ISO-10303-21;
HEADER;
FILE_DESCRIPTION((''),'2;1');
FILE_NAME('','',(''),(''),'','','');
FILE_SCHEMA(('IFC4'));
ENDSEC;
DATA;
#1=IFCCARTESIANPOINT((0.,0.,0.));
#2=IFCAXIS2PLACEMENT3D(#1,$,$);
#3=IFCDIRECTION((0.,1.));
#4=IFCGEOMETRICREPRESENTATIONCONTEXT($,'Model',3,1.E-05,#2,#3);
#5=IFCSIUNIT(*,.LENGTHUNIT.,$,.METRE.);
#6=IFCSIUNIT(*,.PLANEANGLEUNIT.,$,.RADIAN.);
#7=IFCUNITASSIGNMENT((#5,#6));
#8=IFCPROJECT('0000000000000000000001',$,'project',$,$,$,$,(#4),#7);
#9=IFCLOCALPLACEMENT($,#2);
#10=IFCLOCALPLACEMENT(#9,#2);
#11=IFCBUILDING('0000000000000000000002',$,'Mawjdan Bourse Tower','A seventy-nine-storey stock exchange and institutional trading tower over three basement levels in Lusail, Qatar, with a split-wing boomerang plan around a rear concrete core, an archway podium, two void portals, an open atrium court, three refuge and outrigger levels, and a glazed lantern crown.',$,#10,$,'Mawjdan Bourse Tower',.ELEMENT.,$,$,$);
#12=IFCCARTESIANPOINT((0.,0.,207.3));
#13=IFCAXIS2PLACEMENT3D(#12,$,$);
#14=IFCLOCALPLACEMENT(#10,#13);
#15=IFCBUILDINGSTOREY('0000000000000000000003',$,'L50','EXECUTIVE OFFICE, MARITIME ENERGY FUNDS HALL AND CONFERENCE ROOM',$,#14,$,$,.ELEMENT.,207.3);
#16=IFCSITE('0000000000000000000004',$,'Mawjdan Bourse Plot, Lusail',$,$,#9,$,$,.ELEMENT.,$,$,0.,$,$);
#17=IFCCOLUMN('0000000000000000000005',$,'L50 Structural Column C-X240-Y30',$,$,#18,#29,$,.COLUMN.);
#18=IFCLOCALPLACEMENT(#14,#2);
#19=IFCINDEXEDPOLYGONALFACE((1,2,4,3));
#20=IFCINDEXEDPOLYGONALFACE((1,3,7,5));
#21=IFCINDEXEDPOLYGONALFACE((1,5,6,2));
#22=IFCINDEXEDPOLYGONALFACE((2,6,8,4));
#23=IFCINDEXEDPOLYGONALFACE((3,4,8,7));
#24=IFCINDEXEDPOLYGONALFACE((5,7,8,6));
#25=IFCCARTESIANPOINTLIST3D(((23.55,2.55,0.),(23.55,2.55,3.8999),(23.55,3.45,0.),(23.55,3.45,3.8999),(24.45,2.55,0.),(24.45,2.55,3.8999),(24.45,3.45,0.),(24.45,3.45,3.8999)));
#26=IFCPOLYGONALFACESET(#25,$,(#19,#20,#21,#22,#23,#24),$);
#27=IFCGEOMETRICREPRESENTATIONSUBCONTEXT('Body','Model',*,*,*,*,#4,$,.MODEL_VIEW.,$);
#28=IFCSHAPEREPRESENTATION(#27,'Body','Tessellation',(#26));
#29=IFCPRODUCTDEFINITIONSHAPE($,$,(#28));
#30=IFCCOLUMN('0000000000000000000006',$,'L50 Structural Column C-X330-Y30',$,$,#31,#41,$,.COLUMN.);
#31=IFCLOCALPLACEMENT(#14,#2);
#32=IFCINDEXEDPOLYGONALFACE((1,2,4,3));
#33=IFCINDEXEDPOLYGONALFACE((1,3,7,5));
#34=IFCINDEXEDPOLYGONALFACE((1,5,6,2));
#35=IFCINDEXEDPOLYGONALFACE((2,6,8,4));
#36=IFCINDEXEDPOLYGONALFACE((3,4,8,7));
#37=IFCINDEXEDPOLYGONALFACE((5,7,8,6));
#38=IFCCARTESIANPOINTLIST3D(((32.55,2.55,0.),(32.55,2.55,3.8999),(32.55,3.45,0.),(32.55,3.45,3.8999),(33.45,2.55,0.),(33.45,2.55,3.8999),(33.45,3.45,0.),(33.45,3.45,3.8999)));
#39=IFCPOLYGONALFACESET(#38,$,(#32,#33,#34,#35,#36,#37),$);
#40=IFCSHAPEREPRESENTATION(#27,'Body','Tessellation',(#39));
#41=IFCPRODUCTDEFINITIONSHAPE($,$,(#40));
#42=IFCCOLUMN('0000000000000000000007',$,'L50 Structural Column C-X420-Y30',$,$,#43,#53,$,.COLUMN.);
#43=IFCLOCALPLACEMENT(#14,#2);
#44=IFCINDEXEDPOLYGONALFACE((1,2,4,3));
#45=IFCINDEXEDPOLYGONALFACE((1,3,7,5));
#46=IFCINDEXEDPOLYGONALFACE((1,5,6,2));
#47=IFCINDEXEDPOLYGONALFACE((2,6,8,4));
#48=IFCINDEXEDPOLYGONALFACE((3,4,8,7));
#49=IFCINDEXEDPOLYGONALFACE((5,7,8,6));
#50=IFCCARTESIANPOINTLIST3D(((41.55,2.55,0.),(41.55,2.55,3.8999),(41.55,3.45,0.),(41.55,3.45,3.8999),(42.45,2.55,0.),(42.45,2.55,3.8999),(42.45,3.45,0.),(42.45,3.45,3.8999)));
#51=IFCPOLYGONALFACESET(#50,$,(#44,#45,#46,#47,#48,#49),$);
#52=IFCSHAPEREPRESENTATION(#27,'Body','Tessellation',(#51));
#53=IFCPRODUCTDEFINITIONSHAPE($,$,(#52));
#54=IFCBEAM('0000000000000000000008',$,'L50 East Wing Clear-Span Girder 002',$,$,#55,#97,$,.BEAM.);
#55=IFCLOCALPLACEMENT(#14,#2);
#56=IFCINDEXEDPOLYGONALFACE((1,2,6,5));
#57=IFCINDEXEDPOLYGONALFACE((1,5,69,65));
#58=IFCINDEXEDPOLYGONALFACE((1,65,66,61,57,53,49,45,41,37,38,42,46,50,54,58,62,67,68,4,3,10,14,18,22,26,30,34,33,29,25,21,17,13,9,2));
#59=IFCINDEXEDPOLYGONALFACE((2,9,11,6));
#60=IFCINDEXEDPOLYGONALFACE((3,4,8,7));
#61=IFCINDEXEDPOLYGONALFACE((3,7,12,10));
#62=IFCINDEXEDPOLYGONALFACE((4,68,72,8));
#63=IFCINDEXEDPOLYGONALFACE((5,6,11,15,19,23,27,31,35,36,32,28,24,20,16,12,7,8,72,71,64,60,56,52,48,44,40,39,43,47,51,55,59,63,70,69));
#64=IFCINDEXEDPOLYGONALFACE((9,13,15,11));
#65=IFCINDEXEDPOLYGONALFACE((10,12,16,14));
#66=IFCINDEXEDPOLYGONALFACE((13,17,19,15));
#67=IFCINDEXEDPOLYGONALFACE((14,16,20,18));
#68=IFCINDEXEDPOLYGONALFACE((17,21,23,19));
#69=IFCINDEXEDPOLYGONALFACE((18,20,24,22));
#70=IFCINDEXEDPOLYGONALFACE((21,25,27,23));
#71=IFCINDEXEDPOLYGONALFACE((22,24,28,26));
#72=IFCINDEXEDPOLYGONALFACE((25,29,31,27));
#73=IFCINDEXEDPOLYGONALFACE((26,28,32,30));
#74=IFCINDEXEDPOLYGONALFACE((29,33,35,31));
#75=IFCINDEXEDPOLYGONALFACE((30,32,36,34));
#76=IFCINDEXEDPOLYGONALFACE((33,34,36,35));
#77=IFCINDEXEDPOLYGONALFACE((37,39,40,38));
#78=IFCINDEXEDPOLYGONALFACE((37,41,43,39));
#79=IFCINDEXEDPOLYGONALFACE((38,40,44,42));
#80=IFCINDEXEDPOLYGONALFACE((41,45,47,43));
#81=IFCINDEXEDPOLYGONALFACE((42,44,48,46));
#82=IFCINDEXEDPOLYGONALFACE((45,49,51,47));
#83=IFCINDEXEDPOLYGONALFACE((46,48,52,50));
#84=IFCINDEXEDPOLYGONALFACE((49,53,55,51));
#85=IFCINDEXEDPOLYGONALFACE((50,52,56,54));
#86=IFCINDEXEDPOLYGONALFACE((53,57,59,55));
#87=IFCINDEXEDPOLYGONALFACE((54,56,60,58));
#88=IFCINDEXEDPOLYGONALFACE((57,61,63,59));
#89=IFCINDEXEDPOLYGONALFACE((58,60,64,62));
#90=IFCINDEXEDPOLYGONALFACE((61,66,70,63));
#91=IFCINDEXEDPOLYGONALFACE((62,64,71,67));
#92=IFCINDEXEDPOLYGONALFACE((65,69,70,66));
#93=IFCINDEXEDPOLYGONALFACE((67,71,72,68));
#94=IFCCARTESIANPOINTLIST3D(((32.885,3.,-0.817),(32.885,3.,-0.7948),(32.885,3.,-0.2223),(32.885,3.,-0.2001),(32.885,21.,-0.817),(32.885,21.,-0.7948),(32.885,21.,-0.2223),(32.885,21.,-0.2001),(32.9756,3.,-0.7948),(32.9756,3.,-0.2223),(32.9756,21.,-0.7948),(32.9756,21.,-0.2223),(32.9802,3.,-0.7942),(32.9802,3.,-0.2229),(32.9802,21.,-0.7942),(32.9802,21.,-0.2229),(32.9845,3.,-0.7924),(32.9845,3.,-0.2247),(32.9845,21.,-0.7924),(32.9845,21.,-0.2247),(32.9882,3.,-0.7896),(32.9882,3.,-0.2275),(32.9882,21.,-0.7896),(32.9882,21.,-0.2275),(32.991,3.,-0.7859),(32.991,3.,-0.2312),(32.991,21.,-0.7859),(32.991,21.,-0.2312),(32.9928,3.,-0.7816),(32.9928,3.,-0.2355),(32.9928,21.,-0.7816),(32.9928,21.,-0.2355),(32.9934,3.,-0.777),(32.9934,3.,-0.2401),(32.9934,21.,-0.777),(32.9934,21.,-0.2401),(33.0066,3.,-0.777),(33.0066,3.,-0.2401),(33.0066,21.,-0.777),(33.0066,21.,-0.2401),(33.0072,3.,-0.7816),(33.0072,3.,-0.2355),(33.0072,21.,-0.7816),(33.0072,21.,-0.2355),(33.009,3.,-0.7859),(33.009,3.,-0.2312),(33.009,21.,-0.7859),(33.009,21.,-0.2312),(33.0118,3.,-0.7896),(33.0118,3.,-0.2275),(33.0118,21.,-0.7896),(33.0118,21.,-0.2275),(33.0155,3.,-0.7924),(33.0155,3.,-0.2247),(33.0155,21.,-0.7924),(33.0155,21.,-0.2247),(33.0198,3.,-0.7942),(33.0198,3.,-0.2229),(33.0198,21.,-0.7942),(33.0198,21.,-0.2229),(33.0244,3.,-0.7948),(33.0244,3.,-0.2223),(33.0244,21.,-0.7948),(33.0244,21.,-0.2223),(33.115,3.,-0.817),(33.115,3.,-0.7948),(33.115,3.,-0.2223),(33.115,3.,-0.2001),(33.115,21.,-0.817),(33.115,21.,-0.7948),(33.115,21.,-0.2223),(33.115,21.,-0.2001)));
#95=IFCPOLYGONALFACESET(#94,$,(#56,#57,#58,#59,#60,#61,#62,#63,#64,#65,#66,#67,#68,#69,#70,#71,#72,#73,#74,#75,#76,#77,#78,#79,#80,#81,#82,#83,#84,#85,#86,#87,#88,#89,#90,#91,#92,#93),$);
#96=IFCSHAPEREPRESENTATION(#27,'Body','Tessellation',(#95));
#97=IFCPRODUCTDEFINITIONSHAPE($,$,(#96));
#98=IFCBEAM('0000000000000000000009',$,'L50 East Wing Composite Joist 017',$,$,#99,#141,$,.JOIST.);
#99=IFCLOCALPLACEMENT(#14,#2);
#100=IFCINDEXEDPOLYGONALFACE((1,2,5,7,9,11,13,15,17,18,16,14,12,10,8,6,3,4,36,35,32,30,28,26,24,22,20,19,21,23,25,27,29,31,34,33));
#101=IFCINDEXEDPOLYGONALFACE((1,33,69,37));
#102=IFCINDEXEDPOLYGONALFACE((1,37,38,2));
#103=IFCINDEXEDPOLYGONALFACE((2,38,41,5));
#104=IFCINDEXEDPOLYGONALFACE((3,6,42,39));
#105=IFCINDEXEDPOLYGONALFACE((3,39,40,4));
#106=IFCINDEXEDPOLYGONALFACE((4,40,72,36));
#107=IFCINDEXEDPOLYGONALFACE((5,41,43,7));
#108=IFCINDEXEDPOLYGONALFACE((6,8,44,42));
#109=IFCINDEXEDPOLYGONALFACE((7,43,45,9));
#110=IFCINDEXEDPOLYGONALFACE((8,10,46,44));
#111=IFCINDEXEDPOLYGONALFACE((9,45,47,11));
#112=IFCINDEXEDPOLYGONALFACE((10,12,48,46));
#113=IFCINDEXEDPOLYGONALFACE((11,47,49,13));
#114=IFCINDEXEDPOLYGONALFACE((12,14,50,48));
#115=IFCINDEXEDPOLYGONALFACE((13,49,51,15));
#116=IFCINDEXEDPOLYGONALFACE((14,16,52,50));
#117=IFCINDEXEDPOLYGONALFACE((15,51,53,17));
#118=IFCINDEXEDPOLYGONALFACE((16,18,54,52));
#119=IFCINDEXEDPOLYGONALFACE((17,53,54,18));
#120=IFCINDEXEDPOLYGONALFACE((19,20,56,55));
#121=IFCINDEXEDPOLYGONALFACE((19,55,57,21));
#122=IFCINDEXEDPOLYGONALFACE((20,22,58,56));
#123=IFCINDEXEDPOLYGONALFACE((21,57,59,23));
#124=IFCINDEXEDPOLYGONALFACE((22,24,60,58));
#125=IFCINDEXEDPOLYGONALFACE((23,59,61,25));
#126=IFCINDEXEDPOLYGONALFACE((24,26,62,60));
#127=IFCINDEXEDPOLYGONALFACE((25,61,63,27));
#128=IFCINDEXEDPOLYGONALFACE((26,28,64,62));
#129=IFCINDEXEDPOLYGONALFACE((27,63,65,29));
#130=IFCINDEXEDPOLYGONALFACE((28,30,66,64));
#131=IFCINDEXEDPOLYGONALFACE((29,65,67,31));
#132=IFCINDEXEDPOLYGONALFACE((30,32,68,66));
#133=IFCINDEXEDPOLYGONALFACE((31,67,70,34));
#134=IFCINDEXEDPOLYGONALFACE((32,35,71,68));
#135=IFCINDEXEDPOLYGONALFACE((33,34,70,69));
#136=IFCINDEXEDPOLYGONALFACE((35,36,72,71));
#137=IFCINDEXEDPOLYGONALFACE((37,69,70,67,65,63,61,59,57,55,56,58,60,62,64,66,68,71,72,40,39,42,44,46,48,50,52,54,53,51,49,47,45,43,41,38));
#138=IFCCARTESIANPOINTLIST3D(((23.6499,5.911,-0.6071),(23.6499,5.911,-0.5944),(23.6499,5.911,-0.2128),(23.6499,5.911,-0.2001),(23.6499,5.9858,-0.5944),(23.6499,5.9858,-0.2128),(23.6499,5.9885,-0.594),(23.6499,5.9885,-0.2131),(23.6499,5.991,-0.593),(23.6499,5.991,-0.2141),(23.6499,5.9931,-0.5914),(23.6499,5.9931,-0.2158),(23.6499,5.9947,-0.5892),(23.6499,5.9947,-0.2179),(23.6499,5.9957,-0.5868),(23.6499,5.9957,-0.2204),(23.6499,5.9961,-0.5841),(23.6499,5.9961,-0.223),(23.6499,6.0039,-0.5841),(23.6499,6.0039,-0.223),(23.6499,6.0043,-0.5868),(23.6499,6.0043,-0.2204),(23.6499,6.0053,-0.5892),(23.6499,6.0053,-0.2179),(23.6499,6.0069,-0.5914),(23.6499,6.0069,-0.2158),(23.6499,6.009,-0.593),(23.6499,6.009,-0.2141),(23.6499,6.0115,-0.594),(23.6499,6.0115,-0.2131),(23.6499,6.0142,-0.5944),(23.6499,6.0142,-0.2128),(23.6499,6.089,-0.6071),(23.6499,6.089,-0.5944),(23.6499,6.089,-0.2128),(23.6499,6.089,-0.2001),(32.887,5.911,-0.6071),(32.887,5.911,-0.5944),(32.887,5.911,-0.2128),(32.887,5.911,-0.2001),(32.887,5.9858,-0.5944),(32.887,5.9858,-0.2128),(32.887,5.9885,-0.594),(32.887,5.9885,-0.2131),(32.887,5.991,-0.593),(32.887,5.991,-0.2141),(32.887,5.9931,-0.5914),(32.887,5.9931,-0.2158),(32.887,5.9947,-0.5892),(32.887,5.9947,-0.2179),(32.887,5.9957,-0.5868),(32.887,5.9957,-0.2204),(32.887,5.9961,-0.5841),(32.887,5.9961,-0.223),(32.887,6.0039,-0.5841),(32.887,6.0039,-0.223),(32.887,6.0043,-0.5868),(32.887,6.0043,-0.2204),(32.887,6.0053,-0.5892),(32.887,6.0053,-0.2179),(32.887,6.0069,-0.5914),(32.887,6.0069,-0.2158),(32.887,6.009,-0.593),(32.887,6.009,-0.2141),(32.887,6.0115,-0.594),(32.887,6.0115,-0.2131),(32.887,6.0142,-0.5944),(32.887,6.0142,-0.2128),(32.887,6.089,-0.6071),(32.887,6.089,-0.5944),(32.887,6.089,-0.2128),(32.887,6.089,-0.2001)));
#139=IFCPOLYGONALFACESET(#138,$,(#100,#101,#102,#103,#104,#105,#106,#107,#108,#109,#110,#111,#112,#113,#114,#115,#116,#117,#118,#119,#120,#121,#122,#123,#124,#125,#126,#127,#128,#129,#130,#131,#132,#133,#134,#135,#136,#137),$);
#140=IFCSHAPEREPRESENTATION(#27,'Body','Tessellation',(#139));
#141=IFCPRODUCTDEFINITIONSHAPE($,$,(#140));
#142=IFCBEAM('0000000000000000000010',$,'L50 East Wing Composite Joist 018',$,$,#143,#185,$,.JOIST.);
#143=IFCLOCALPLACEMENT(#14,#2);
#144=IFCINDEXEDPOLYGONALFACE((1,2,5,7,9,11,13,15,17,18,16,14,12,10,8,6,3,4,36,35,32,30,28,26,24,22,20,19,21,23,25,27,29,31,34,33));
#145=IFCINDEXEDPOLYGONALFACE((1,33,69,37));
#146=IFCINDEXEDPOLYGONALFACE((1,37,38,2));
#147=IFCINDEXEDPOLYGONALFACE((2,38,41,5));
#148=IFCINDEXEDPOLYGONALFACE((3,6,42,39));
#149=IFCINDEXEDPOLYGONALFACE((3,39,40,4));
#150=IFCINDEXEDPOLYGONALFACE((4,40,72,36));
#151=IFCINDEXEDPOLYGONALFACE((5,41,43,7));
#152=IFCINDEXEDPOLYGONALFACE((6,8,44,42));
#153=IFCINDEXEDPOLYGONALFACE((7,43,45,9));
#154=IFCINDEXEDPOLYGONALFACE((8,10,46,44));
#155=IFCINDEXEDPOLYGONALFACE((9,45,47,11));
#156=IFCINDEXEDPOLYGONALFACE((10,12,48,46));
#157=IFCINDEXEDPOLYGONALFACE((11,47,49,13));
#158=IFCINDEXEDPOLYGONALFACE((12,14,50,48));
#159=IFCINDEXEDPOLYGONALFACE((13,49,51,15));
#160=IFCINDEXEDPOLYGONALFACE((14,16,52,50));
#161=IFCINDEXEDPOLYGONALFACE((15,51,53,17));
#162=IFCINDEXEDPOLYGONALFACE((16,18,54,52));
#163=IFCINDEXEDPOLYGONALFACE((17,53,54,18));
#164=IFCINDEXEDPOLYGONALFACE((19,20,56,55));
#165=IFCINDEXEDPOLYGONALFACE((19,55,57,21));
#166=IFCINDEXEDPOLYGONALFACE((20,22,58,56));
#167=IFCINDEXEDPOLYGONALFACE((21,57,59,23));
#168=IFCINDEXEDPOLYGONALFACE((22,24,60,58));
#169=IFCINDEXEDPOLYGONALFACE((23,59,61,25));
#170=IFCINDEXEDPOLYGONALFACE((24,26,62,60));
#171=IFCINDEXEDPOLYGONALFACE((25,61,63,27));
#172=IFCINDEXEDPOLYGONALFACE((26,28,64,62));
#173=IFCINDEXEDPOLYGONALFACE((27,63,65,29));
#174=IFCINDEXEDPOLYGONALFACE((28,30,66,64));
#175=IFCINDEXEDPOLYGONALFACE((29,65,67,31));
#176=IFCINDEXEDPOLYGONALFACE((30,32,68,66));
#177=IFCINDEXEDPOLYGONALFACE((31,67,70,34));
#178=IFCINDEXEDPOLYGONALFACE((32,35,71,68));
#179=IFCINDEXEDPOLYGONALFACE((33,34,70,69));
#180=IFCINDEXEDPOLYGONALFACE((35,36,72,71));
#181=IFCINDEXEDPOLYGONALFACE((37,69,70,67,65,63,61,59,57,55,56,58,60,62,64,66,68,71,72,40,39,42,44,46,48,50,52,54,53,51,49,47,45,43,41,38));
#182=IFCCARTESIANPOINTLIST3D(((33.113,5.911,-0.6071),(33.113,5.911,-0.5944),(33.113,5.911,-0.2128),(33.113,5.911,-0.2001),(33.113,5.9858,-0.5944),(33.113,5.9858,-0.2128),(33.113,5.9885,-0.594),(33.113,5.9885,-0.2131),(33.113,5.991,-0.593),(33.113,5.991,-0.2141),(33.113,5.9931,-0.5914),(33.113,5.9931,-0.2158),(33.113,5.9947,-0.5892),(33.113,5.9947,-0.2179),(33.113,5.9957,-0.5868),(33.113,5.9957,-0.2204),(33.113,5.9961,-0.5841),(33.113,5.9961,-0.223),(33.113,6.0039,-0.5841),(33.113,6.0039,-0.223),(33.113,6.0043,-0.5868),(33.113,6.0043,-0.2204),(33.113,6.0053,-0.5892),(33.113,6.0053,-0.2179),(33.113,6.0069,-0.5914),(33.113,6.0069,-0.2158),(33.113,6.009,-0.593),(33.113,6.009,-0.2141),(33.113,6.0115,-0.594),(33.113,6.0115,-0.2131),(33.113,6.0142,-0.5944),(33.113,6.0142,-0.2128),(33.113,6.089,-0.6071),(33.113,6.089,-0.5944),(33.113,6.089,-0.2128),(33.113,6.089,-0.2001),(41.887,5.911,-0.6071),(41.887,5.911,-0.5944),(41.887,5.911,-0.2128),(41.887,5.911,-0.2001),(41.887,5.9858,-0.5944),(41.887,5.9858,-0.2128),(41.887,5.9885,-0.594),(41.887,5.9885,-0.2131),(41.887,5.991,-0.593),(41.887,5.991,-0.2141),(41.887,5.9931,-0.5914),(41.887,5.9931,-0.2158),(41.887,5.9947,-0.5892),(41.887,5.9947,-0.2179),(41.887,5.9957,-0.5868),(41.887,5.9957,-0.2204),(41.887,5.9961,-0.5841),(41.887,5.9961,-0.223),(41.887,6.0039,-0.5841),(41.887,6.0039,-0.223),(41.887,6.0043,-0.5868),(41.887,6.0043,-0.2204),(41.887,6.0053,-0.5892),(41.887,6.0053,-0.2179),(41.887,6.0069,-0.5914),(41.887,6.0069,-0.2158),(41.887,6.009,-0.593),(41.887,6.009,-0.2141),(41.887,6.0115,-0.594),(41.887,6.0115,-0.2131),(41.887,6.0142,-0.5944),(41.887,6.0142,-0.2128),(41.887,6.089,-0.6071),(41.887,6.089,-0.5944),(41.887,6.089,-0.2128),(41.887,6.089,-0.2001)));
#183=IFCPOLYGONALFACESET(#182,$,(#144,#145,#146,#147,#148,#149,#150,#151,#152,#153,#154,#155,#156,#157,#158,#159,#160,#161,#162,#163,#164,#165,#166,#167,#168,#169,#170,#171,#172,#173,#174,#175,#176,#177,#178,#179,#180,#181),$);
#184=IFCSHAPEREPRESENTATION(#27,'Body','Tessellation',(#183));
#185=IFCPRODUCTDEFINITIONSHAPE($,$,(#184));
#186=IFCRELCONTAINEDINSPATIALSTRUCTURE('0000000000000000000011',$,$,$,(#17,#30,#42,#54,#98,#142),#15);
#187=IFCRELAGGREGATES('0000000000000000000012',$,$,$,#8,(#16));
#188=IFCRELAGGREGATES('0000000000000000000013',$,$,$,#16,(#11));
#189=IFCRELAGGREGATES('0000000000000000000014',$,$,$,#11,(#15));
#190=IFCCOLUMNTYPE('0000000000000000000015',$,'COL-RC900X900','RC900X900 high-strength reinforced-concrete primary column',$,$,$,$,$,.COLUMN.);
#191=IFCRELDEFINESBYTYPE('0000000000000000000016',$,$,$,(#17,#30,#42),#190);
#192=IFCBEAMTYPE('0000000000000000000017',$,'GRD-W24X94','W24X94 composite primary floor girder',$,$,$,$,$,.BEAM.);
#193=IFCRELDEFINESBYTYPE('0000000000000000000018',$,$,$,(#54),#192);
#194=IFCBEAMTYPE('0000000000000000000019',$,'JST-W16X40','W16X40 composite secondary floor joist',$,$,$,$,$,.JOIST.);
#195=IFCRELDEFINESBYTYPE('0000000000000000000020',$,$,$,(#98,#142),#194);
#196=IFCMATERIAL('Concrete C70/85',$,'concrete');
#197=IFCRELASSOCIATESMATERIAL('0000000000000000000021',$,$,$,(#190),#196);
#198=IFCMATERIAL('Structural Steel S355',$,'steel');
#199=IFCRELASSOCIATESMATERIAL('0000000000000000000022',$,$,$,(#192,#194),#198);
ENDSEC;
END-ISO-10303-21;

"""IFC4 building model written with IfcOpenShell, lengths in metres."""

from ifc_helpers import new_model, si_unit, direction, frame, origin, origin_2d, place, context, subcontext, project, spatial, rectangle, i_section, extrude, material, material_profile, profile_set, type_object, element, save


model = new_model("IFC4")

# Units and contexts
model_context = context("Model", 3, precision=1e-05, world=origin(), true_north=direction((0.0, 1.0)))
body_context = subcontext(model_context, "Body", "Model", "MODEL_VIEW")
ifc_project = project(units=[si_unit("LENGTHUNIT", "METRE"), si_unit("PLANEANGLEUNIT", "RADIAN")], contexts=[model_context])

# Site, building, storey
site_placement = place(None, origin())
site = spatial("IfcSite", under=ifc_project, at=site_placement, Name="Mawjdan Bourse Plot, Lusail", CompositionType="ELEMENT", RefElevation=0.0)
building_placement = place(site_placement, origin())
building = spatial("IfcBuilding", under=site, at=building_placement, Name="Mawjdan Bourse Tower", Description="A seventy-nine-storey stock exchange and institutional trading tower over three basement levels in Lusail, Qatar, with a split-wing boomerang plan around a rear concrete core, an archway podium, two void portals, an open atrium court, three refuge and outrigger levels, and a glazed lantern crown.", LongName="Mawjdan Bourse Tower", CompositionType="ELEMENT")
storey_placement = place(building_placement, frame((0.0, 0.0, 207.3)))
storey = spatial("IfcBuildingStorey", under=building, at=storey_placement, Name="L50", Description="EXECUTIVE OFFICE, MARITIME ENERGY FUNDS HALL AND CONFERENCE ROOM", CompositionType="ELEMENT", Elevation=207.3)

# Columns
ifc_material_1 = material(Name="Concrete C70/85", Category="concrete")
ifc_material_profile_1 = material_profile(ifc_material_1, rectangle(XDim=0.8999, YDim=0.8999, at=origin_2d()), Name="RC900X900")
ifc_profile_set_1 = profile_set([ifc_material_profile_1], Name="Concrete C70/85")
column_type = type_object("IfcColumnType", Name="COL-RC900X900", Description="RC900X900 high-strength reinforced-concrete primary column", PredefinedType="COLUMN", material=ifc_profile_set_1)
for number, where, z_axis, x_axis, name in (
    (1, (24.0, 3.0, 0.0), (0.0, 0.0, 1.0), (1.0, 0.0, 0.0), "L50 Structural Column C-X240-Y30"),
    (2, (33.0, 3.0, 0.0), (0.0, 0.0, 1.0), (1.0, 0.0, 0.0), "L50 Structural Column C-X330-Y30"),
    (3, (42.0, 3.0, 0.0), (0.0, 0.0, 1.0), (1.0, 0.0, 0.0), "L50 Structural Column C-X420-Y30"),
):
    element("IfcColumn", number, at=place(storey_placement, frame(where, z_axis=z_axis, x_axis=x_axis)), inside=storey, type_object=column_type, Name=name, PredefinedType="COLUMN", context=body_context, shape_type="SweptSolid", body=[
        extrude(rectangle(XDim=0.8999, YDim=0.8999, at=origin_2d()), origin(), (0.0, 0.0, 1.0), 3.8999),
    ])

# Beams
ifc_material_2 = material(Name="Structural Steel S355", Category="steel")
ifc_material_profile_2 = material_profile(ifc_material_2, i_section(OverallWidth=0.23, OverallDepth=0.6169, WebThickness=0.0132, FlangeThickness=0.0222, FilletRadius=0.0178, at=origin_2d()), Name="W24X94")
ifc_profile_set_2 = profile_set([ifc_material_profile_2], Name="Structural Steel S355")
beam_type_1 = type_object("IfcBeamType", Name="GRD-W24X94", Description="W24X94 composite primary floor girder", PredefinedType="BEAM", material=ifc_profile_set_2)
beam_1_placement = place(storey_placement, frame((33.0, 3.0, -0.5085), z_axis=(0.0, 1.0, 0.0), x_axis=(-1.0, 0.0, 0.0)))
element("IfcBeam", 4, at=beam_1_placement, inside=storey, type_object=beam_type_1, Name="L50 East Wing Clear-Span Girder 002", PredefinedType="BEAM", context=body_context, shape_type="SweptSolid", body=[
    extrude(i_section(OverallWidth=0.23, OverallDepth=0.6169, WebThickness=0.0132, FlangeThickness=0.0222, FilletRadius=0.0178, at=origin_2d()), origin(), (0.0, 0.0, 1.0), 18.0),
])
ifc_material_profile_3 = material_profile(ifc_material_2, i_section(OverallWidth=0.178, OverallDepth=0.407, WebThickness=0.0078, FlangeThickness=0.0127, FilletRadius=0.0103, at=origin_2d()), Name="W16X40")
ifc_profile_set_3 = profile_set([ifc_material_profile_3], Name="Structural Steel S355")
beam_type_2 = type_object("IfcBeamType", Name="JST-W16X40", Description="W16X40 composite secondary floor joist", PredefinedType="JOIST", material=ifc_profile_set_3)
beam_2_placement = place(storey_placement, frame((23.6499, 6.0, -0.4036), z_axis=(1.0, 0.0, 0.0), x_axis=(0.0, 1.0, 0.0)))
element("IfcBeam", 5, at=beam_2_placement, inside=storey, type_object=beam_type_2, Name="L50 East Wing Composite Joist 017", PredefinedType="JOIST", context=body_context, shape_type="SweptSolid", body=[
    extrude(i_section(OverallWidth=0.178, OverallDepth=0.407, WebThickness=0.0078, FlangeThickness=0.0127, FilletRadius=0.0103, at=origin_2d()), origin(), (0.0, 0.0, 1.0), 9.2371),
])
beam_3_placement = place(storey_placement, frame((33.113, 6.0, -0.4036), z_axis=(1.0, 0.0, 0.0), x_axis=(0.0, 1.0, 0.0)))
element("IfcBeam", 6, at=beam_3_placement, inside=storey, type_object=beam_type_2, Name="L50 East Wing Composite Joist 018", PredefinedType="JOIST", context=body_context, shape_type="SweptSolid", body=[
    extrude(i_section(OverallWidth=0.178, OverallDepth=0.407, WebThickness=0.0078, FlangeThickness=0.0127, FilletRadius=0.0103, at=origin_2d()), origin(), (0.0, 0.0, 1.0), 8.7739),
])

save(model, "model.ifc")
